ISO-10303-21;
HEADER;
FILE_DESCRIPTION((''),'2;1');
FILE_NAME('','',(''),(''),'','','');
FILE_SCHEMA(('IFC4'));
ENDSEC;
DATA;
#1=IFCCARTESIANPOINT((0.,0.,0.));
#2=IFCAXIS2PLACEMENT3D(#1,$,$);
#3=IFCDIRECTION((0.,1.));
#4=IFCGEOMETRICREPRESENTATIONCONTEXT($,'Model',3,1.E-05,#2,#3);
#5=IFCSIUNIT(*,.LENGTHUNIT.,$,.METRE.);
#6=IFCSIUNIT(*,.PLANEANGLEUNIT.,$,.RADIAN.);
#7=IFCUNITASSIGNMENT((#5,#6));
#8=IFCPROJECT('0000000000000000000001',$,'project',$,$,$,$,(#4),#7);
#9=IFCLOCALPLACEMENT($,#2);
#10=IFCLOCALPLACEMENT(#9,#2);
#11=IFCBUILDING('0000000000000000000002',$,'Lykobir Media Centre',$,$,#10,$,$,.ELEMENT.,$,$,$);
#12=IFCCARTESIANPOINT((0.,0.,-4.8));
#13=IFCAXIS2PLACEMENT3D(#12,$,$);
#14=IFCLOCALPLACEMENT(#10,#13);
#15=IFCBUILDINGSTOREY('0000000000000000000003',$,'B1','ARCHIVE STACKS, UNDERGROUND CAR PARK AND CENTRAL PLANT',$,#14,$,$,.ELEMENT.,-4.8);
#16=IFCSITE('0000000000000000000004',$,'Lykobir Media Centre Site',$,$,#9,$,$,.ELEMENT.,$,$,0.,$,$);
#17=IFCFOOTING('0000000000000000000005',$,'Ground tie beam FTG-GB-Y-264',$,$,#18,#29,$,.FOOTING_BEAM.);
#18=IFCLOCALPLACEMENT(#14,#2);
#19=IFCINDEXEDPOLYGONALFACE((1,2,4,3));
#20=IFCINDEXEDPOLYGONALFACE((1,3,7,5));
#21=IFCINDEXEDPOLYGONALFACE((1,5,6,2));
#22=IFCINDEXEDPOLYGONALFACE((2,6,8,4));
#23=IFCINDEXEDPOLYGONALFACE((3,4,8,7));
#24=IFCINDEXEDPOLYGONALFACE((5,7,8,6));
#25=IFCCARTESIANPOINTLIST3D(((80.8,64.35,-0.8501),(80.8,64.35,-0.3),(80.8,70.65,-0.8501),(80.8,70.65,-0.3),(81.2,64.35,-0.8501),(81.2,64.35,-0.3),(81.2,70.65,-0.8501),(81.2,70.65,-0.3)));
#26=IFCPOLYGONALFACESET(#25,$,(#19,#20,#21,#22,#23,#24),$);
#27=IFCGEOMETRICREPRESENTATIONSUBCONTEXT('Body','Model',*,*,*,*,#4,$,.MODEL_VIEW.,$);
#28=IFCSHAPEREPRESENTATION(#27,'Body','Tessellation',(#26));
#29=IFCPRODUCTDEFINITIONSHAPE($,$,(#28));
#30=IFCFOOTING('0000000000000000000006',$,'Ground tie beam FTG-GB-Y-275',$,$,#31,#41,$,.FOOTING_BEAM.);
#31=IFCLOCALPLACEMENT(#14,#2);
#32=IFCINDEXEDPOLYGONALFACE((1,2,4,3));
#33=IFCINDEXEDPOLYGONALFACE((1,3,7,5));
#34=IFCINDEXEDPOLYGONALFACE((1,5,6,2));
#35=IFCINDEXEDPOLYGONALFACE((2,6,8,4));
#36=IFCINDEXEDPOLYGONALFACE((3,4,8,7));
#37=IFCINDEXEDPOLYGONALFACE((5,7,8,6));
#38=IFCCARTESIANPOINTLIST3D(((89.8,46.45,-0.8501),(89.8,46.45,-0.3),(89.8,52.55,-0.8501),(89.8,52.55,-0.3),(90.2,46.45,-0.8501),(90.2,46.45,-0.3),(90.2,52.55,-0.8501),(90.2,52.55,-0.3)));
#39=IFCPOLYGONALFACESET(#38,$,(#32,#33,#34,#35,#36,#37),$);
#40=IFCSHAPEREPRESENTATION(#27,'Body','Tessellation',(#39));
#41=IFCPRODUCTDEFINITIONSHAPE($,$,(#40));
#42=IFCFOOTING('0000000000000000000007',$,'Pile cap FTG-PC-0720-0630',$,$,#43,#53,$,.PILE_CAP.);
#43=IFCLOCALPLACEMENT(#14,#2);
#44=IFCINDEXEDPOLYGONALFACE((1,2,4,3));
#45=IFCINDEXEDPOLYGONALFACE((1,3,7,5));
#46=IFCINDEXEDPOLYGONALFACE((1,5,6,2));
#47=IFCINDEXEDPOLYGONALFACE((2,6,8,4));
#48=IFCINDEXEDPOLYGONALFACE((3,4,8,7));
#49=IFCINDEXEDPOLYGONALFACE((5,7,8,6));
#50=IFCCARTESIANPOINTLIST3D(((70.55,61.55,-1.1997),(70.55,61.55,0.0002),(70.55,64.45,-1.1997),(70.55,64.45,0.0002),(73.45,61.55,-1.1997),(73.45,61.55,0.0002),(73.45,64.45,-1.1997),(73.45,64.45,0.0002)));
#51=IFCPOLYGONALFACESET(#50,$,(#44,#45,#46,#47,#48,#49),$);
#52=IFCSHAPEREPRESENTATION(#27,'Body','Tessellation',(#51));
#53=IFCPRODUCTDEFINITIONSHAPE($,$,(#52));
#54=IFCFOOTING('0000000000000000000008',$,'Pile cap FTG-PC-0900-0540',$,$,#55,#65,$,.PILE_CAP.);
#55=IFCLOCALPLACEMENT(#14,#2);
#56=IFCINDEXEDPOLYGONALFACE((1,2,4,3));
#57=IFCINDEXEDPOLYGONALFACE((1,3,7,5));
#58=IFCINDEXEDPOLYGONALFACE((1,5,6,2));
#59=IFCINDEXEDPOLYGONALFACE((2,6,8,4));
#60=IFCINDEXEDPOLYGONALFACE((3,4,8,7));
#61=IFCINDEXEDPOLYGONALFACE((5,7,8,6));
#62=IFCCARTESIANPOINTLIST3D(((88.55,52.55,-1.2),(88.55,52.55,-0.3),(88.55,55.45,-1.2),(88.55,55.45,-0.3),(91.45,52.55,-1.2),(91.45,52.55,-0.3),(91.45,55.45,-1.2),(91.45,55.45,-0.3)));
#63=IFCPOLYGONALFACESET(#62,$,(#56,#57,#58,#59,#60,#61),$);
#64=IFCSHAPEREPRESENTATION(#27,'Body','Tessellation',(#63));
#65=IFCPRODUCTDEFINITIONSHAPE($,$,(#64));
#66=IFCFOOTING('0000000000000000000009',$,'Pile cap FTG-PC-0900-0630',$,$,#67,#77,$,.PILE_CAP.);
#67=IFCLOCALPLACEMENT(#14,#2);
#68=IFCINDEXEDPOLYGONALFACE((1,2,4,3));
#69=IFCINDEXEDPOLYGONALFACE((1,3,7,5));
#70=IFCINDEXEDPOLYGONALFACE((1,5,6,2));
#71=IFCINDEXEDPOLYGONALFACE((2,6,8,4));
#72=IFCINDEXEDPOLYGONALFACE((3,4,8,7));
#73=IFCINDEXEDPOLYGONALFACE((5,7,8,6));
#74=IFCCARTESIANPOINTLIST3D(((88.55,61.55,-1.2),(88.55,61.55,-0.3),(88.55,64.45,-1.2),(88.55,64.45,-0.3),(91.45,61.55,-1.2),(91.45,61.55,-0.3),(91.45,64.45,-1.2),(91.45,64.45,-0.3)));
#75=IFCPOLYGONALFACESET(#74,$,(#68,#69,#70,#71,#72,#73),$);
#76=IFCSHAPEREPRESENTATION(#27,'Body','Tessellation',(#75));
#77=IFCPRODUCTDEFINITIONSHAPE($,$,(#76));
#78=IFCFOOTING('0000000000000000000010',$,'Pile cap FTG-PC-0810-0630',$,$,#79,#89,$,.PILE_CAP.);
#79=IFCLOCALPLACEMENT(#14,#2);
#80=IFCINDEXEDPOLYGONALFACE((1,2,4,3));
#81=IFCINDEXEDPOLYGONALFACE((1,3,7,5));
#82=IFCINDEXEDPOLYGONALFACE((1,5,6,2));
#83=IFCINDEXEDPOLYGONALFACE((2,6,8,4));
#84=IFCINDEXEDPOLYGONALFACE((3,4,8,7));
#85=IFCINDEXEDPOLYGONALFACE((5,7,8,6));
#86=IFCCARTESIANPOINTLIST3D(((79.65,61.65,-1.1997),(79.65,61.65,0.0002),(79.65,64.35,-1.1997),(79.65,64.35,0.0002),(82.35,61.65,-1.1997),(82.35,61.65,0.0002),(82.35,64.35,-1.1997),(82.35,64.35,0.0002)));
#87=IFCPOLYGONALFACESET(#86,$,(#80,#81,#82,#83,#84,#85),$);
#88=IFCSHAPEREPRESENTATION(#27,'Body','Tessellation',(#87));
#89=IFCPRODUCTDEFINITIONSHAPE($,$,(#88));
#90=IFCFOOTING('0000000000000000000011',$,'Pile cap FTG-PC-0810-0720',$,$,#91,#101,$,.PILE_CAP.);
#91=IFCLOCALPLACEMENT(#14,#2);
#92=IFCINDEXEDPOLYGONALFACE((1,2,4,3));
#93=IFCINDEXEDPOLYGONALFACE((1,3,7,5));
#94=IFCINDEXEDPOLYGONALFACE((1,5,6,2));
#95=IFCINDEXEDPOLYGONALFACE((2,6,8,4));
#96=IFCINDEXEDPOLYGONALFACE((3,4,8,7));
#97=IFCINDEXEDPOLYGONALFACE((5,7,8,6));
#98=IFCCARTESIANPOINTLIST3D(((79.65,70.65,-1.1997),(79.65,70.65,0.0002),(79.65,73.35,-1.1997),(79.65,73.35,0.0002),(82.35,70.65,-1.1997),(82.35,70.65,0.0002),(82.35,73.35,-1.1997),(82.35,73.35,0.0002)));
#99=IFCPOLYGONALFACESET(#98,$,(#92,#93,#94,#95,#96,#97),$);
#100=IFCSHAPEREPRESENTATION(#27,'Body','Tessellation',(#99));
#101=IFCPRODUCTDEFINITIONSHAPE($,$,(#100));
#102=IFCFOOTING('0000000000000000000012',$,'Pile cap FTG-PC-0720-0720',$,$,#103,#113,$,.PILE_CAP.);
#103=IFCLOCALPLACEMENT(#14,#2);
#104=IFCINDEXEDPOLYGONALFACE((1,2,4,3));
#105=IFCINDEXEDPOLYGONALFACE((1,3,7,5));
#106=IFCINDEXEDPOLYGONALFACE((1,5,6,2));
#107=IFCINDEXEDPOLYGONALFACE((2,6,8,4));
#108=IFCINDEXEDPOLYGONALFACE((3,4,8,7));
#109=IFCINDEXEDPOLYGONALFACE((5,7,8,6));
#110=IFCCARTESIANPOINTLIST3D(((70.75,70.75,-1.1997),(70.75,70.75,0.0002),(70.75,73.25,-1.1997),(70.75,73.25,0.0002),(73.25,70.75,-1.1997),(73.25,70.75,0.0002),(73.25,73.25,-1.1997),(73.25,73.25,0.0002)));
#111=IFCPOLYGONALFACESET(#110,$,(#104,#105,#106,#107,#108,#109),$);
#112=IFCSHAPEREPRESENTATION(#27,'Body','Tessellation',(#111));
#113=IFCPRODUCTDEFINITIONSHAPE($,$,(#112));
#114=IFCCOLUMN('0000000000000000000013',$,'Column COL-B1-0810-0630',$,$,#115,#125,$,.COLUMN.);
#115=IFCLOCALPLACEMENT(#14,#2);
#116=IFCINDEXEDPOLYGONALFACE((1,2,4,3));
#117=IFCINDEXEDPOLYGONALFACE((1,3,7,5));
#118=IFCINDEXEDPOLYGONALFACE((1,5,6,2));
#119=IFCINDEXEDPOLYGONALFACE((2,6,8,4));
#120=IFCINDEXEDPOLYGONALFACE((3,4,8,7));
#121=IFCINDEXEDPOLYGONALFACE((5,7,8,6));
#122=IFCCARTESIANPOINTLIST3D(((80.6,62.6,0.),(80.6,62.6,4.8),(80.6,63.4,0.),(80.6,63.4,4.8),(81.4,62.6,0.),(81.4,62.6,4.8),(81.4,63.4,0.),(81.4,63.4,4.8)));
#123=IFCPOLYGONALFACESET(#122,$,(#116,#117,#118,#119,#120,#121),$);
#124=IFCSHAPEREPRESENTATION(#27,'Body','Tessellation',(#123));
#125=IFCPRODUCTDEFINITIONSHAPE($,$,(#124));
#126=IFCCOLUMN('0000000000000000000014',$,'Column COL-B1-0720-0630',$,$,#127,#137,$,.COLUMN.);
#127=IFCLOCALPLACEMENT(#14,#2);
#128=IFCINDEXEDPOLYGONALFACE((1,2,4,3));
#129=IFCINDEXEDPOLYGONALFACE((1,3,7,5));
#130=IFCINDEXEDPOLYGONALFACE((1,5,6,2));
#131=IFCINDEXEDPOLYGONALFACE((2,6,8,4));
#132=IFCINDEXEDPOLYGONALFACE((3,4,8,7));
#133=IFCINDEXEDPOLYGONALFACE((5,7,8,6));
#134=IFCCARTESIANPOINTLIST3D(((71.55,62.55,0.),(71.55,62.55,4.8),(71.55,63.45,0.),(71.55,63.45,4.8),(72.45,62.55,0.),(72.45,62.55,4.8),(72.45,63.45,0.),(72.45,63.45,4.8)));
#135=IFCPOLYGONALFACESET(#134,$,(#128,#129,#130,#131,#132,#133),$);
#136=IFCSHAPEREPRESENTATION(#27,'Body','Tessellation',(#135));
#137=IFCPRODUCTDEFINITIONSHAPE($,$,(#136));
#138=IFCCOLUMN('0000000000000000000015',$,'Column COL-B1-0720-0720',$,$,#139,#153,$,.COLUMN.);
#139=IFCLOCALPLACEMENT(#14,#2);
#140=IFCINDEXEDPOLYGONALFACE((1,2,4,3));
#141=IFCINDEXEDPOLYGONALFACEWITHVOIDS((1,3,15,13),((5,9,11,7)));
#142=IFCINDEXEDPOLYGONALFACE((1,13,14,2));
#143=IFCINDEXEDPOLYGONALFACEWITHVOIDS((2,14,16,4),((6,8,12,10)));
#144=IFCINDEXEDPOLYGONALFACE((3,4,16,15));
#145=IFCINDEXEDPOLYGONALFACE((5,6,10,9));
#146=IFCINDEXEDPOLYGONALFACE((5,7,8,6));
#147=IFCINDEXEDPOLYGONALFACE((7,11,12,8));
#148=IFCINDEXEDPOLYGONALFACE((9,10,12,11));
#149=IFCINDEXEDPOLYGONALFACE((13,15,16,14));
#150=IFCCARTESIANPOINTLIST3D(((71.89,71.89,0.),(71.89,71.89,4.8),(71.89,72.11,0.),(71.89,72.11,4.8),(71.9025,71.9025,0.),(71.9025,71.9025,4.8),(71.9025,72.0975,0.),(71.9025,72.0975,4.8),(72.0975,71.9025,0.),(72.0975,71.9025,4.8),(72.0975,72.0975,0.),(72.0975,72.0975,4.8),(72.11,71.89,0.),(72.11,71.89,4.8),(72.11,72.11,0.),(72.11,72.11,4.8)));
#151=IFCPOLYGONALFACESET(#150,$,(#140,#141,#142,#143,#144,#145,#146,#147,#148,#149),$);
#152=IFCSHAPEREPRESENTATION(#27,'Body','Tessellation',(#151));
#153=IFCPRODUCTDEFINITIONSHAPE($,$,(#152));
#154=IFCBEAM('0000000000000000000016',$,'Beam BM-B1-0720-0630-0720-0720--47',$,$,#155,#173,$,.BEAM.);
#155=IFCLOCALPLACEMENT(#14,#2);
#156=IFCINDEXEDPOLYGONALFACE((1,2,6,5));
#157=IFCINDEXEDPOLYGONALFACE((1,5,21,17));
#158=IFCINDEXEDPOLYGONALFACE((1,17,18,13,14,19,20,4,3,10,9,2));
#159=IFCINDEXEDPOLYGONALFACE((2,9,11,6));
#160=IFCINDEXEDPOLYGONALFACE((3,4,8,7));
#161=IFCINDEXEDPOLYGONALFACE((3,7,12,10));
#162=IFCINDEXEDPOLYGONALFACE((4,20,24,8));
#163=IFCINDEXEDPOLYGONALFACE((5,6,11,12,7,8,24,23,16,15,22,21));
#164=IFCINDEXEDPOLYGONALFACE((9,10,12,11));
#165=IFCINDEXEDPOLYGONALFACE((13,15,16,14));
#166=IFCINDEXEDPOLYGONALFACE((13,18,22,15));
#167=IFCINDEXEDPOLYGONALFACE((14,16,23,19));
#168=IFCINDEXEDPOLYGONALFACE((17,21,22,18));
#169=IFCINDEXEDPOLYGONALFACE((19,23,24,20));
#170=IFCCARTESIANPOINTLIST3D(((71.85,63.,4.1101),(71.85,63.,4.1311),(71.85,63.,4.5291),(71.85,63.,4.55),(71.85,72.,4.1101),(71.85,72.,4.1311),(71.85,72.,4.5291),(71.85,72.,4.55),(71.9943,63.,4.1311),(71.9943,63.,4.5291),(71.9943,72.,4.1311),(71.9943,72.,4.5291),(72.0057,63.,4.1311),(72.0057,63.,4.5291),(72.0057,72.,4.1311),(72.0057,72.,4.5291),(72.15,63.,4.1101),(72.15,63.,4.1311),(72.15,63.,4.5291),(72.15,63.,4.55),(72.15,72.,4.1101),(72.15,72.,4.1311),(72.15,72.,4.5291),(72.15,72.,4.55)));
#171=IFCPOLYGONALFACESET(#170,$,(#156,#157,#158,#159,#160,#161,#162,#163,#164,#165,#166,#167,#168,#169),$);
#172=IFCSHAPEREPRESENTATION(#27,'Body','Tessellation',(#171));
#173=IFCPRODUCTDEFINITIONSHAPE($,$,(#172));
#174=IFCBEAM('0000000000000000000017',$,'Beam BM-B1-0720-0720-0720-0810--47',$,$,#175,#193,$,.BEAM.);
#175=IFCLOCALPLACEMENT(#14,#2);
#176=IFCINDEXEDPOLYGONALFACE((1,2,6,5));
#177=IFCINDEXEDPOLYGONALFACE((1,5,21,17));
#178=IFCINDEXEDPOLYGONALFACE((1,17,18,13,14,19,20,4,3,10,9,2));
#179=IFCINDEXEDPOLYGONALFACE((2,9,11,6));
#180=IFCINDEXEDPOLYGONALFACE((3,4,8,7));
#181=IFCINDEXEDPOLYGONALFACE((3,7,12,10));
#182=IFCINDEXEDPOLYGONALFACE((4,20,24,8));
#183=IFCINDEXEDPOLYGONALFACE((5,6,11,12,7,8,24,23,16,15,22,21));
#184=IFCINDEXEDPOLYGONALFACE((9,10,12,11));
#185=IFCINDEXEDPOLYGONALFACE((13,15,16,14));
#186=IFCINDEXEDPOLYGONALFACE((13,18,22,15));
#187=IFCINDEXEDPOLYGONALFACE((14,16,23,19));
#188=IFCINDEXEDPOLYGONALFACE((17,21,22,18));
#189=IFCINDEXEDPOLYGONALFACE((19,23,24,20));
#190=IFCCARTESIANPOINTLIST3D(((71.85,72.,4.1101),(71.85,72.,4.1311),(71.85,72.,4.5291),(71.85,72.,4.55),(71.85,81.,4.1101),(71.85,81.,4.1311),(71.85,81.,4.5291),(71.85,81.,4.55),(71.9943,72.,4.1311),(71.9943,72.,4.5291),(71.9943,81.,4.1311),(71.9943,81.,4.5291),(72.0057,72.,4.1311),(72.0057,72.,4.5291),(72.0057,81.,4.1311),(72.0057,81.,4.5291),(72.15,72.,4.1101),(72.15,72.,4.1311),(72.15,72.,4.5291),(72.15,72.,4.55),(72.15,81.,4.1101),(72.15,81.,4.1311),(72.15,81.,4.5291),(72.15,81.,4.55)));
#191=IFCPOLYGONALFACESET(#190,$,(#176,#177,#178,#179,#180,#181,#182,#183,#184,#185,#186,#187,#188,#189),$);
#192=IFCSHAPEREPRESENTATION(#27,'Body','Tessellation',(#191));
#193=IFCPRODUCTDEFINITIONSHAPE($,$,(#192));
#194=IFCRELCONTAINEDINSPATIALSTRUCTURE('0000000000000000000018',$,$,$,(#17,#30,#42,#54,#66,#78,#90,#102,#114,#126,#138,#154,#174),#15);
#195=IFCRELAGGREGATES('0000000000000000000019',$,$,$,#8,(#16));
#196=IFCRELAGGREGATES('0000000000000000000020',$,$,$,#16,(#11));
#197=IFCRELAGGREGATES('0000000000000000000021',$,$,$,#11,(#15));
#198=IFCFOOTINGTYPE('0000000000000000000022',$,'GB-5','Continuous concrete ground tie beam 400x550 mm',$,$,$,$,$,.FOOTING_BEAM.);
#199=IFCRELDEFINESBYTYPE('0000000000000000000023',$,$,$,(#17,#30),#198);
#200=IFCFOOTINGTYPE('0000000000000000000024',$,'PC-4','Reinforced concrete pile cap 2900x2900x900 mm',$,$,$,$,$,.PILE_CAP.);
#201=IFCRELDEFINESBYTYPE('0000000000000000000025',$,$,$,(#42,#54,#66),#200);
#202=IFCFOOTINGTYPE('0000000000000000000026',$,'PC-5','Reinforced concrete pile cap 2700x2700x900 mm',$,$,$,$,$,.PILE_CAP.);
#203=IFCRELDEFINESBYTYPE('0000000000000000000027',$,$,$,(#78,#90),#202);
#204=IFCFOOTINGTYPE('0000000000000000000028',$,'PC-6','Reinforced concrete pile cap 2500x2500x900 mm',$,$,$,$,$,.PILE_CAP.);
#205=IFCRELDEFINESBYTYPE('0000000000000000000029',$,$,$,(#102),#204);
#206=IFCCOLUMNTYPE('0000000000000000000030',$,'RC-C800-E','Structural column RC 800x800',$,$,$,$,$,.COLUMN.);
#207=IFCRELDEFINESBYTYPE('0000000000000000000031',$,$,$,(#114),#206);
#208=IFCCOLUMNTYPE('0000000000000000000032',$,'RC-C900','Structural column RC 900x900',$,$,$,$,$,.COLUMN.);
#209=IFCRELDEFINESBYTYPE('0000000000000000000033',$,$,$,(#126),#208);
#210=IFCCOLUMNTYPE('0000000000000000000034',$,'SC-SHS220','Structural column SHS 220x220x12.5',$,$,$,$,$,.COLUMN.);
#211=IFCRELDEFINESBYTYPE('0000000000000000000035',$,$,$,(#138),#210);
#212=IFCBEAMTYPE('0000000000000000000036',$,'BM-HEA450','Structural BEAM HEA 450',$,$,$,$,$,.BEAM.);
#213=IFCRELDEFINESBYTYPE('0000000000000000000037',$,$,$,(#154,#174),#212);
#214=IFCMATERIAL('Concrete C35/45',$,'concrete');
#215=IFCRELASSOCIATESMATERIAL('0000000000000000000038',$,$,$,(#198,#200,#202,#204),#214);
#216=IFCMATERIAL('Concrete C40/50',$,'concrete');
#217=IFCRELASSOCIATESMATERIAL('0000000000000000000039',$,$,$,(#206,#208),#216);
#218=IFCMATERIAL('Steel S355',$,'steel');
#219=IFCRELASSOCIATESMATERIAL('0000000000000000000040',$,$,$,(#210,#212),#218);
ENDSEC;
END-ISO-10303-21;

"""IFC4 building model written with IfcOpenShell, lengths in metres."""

from ifc_helpers import new_model, si_unit, direction, frame, origin, origin_2d, place, context, subcontext, project, spatial, rectangle, hollow_rectangle, i_section, extrude, material, material_profile, profile_set, type_object, element, save


model = new_model("IFC4")

# Units and contexts
model_context = context("Model", 3, precision=1e-05, world=origin(), true_north=direction((0.0, 1.0)))
body_context = subcontext(model_context, "Body", "Model", "MODEL_VIEW")
ifc_project = project(units=[si_unit("LENGTHUNIT", "METRE"), si_unit("PLANEANGLEUNIT", "RADIAN")], contexts=[model_context])

# Site, building, storey
site_placement = place(None, origin())
site = spatial("IfcSite", under=ifc_project, at=site_placement, Name="Lykobir Media Centre Site", CompositionType="ELEMENT", RefElevation=0.0)
building_placement = place(site_placement, origin())
building = spatial("IfcBuilding", under=site, at=building_placement, Name="Lykobir Media Centre", CompositionType="ELEMENT")
storey_placement = place(building_placement, frame((0.0, 0.0, -4.8)))
storey = spatial("IfcBuildingStorey", under=building, at=storey_placement, Name="B1", Description="ARCHIVE STACKS, UNDERGROUND CAR PARK AND CENTRAL PLANT", CompositionType="ELEMENT", Elevation=-4.8)

# Footings
ifc_material_1 = material(Name="Concrete C35/45", Category="concrete")
footing_type_1 = type_object("IfcFootingType", Name="GB-5", Description="Continuous concrete ground tie beam 400x550 mm", PredefinedType="FOOTING_BEAM", material=ifc_material_1)
for number, where, z_axis, x_axis, name in (
    (1, (81.0, 67.5, -0.8501), (0.0, 0.0, 1.0), (0.0, 1.0, 0.0), "Ground tie beam FTG-GB-Y-264"),
):
    element("IfcFooting", number, at=place(storey_placement, frame(where, z_axis=z_axis, x_axis=x_axis)), inside=storey, type_object=footing_type_1, Name=name, PredefinedType="FOOTING_BEAM", context=body_context, shape_type="SweptSolid", body=[
        extrude(rectangle(XDim=6.3, YDim=0.3999, at=origin_2d()), origin(), (0.0, 0.0, 1.0), 0.55),
    ])
footing_1_placement = place(storey_placement, frame((90.0, 49.5, -0.8501), z_axis=(0.0, 0.0, 1.0), x_axis=(0.0, 1.0, 0.0)))
element("IfcFooting", 2, at=footing_1_placement, inside=storey, type_object=footing_type_1, Name="Ground tie beam FTG-GB-Y-275", PredefinedType="FOOTING_BEAM", context=body_context, shape_type="SweptSolid", body=[
    extrude(rectangle(XDim=6.1001, YDim=0.3999, at=origin_2d()), origin(), (0.0, 0.0, 1.0), 0.55),
])
footing_type_2 = type_object("IfcFootingType", Name="PC-4", Description="Reinforced concrete pile cap 2900x2900x900 mm", PredefinedType="PILE_CAP", material=ifc_material_1)
footing_2_placement = place(storey_placement, frame((72.0, 63.0, -1.1997), z_axis=(0.0, 0.0, 1.0), x_axis=(1.0, 0.0, 0.0)))
element("IfcFooting", 3, at=footing_2_placement, inside=storey, type_object=footing_type_2, Name="Pile cap FTG-PC-0720-0630", PredefinedType="PILE_CAP", context=body_context, shape_type="SweptSolid", body=[
    extrude(rectangle(XDim=2.8999, YDim=2.8999, at=origin_2d()), origin(), (0.0, 0.0, 1.0), 1.2),
])
for number, where, z_axis, x_axis, name in (
    (4, (90.0, 54.0, -1.2), (0.0, 0.0, 1.0), (1.0, 0.0, 0.0), "Pile cap FTG-PC-0900-0540"),
    (5, (90.0, 63.0, -1.2), (0.0, 0.0, 1.0), (1.0, 0.0, 0.0), "Pile cap FTG-PC-0900-0630"),
):
    element("IfcFooting", number, at=place(storey_placement, frame(where, z_axis=z_axis, x_axis=x_axis)), inside=storey, type_object=footing_type_2, Name=name, PredefinedType="PILE_CAP", context=body_context, shape_type="SweptSolid", body=[
        extrude(rectangle(XDim=2.8999, YDim=2.8999, at=origin_2d()), origin(), (0.0, 0.0, 1.0), 0.8999),
    ])
footing_type_3 = type_object("IfcFootingType", Name="PC-5", Description="Reinforced concrete pile cap 2700x2700x900 mm", PredefinedType="PILE_CAP", material=ifc_material_1)
for number, where, z_axis, x_axis, name in (
    (6, (81.0, 63.0, -1.1997), (0.0, 0.0, 1.0), (1.0, 0.0, 0.0), "Pile cap FTG-PC-0810-0630"),
    (7, (81.0, 72.0, -1.1997), (0.0, 0.0, 1.0), (1.0, 0.0, 0.0), "Pile cap FTG-PC-0810-0720"),
):
    element("IfcFooting", number, at=place(storey_placement, frame(where, z_axis=z_axis, x_axis=x_axis)), inside=storey, type_object=footing_type_3, Name=name, PredefinedType="PILE_CAP", context=body_context, shape_type="SweptSolid", body=[
        extrude(rectangle(XDim=2.7, YDim=2.7, at=origin_2d()), origin(), (0.0, 0.0, 1.0), 1.2),
    ])
footing_type_4 = type_object("IfcFootingType", Name="PC-6", Description="Reinforced concrete pile cap 2500x2500x900 mm", PredefinedType="PILE_CAP", material=ifc_material_1)
footing_3_placement = place(storey_placement, frame((72.0, 72.0, -1.1997), z_axis=(0.0, 0.0, 1.0), x_axis=(1.0, 0.0, 0.0)))
element("IfcFooting", 8, at=footing_3_placement, inside=storey, type_object=footing_type_4, Name="Pile cap FTG-PC-0720-0720", PredefinedType="PILE_CAP", context=body_context, shape_type="SweptSolid", body=[
    extrude(rectangle(XDim=2.5, YDim=2.5, at=origin_2d()), origin(), (0.0, 0.0, 1.0), 1.2),
])

# Columns
ifc_material_2 = material(Name="Concrete C40/50", Category="concrete")
ifc_material_profile_1 = material_profile(ifc_material_2, rectangle(XDim=0.8, YDim=0.8, at=origin_2d()), Name="RC 800x800")
ifc_profile_set_1 = profile_set([ifc_material_profile_1], Name="Concrete C40/50")
column_type_1 = type_object("IfcColumnType", Name="RC-C800-E", Description="Structural column RC 800x800", PredefinedType="COLUMN", material=ifc_profile_set_1)
column_1_placement = place(storey_placement, frame((81.0, 63.0, 0.0), z_axis=(0.0, 0.0, 1.0), x_axis=(1.0, 0.0, 0.0)))
element("IfcColumn", 9, at=column_1_placement, inside=storey, type_object=column_type_1, Name="Column COL-B1-0810-0630", PredefinedType="COLUMN", context=body_context, shape_type="SweptSolid", body=[
    extrude(rectangle(XDim=0.8, YDim=0.8, at=origin_2d()), origin(), (0.0, 0.0, 1.0), 4.8),
])
ifc_material_profile_2 = material_profile(ifc_material_2, rectangle(XDim=0.8999, YDim=0.8999, at=origin_2d()), Name="RC 900x900")
ifc_profile_set_2 = profile_set([ifc_material_profile_2], Name="Concrete C40/50")
column_type_2 = type_object("IfcColumnType", Name="RC-C900", Description="Structural column RC 900x900", PredefinedType="COLUMN", material=ifc_profile_set_2)
column_2_placement = place(storey_placement, frame((72.0, 63.0, 0.0), z_axis=(0.0, 0.0, 1.0), x_axis=(1.0, 0.0, 0.0)))
element("IfcColumn", 10, at=column_2_placement, inside=storey, type_object=column_type_2, Name="Column COL-B1-0720-0630", PredefinedType="COLUMN", context=body_context, shape_type="SweptSolid", body=[
    extrude(rectangle(XDim=0.8999, YDim=0.8999, at=origin_2d()), origin(), (0.0, 0.0, 1.0), 4.8),
])
ifc_material_3 = material(Name="Steel S355", Category="steel")
ifc_material_profile_3 = material_profile(ifc_material_3, hollow_rectangle(XDim=0.22, YDim=0.22, WallThickness=0.0125, at=origin_2d()), Name="SHS 220x220x12.5")
ifc_profile_set_3 = profile_set([ifc_material_profile_3], Name="Steel S355")
column_type_3 = type_object("IfcColumnType", Name="SC-SHS220", Description="Structural column SHS 220x220x12.5", PredefinedType="COLUMN", material=ifc_profile_set_3)
column_3_placement = place(storey_placement, frame((72.0, 72.0, 0.0), z_axis=(0.0, 0.0, 1.0), x_axis=(1.0, 0.0, 0.0)))
element("IfcColumn", 11, at=column_3_placement, inside=storey, type_object=column_type_3, Name="Column COL-B1-0720-0720", PredefinedType="COLUMN", context=body_context, shape_type="SweptSolid", body=[
    extrude(hollow_rectangle(XDim=0.22, YDim=0.22, WallThickness=0.0125, at=origin_2d()), origin(), (0.0, 0.0, 1.0), 4.8),
])

# Beams
ifc_material_profile_4 = material_profile(ifc_material_3, i_section(OverallWidth=0.3, OverallDepth=0.4399, WebThickness=0.0115, FlangeThickness=0.021, at=origin_2d()), Name="HEA 450")
ifc_profile_set_4 = profile_set([ifc_material_profile_4], Name="Steel S355")
beam_type_1 = type_object("IfcBeamType", Name="BM-HEA450", Description="Structural BEAM HEA 450", PredefinedType="BEAM", material=ifc_profile_set_4)
for number, where, z_axis, x_axis, name in (
    (12, (72.0, 63.0, 4.3301), (0.0, 1.0, 0.0), (-1.0, 0.0, 0.0), "Beam BM-B1-0720-0630-0720-0720--47"),
    (13, (72.0, 72.0, 4.3301), (0.0, 1.0, 0.0), (-1.0, 0.0, 0.0), "Beam BM-B1-0720-0720-0720-0810--47"),
):
    element("IfcBeam", number, at=place(storey_placement, frame(where, z_axis=z_axis, x_axis=x_axis)), inside=storey, type_object=beam_type_1, Name=name, PredefinedType="BEAM", context=body_context, shape_type="SweptSolid", body=[
        extrude(i_section(OverallWidth=0.3, OverallDepth=0.4399, WebThickness=0.0115, FlangeThickness=0.021, at=origin_2d()), origin(), (0.0, 0.0, 1.0), 9.0),
    ])

save(model, "model.ifc")
